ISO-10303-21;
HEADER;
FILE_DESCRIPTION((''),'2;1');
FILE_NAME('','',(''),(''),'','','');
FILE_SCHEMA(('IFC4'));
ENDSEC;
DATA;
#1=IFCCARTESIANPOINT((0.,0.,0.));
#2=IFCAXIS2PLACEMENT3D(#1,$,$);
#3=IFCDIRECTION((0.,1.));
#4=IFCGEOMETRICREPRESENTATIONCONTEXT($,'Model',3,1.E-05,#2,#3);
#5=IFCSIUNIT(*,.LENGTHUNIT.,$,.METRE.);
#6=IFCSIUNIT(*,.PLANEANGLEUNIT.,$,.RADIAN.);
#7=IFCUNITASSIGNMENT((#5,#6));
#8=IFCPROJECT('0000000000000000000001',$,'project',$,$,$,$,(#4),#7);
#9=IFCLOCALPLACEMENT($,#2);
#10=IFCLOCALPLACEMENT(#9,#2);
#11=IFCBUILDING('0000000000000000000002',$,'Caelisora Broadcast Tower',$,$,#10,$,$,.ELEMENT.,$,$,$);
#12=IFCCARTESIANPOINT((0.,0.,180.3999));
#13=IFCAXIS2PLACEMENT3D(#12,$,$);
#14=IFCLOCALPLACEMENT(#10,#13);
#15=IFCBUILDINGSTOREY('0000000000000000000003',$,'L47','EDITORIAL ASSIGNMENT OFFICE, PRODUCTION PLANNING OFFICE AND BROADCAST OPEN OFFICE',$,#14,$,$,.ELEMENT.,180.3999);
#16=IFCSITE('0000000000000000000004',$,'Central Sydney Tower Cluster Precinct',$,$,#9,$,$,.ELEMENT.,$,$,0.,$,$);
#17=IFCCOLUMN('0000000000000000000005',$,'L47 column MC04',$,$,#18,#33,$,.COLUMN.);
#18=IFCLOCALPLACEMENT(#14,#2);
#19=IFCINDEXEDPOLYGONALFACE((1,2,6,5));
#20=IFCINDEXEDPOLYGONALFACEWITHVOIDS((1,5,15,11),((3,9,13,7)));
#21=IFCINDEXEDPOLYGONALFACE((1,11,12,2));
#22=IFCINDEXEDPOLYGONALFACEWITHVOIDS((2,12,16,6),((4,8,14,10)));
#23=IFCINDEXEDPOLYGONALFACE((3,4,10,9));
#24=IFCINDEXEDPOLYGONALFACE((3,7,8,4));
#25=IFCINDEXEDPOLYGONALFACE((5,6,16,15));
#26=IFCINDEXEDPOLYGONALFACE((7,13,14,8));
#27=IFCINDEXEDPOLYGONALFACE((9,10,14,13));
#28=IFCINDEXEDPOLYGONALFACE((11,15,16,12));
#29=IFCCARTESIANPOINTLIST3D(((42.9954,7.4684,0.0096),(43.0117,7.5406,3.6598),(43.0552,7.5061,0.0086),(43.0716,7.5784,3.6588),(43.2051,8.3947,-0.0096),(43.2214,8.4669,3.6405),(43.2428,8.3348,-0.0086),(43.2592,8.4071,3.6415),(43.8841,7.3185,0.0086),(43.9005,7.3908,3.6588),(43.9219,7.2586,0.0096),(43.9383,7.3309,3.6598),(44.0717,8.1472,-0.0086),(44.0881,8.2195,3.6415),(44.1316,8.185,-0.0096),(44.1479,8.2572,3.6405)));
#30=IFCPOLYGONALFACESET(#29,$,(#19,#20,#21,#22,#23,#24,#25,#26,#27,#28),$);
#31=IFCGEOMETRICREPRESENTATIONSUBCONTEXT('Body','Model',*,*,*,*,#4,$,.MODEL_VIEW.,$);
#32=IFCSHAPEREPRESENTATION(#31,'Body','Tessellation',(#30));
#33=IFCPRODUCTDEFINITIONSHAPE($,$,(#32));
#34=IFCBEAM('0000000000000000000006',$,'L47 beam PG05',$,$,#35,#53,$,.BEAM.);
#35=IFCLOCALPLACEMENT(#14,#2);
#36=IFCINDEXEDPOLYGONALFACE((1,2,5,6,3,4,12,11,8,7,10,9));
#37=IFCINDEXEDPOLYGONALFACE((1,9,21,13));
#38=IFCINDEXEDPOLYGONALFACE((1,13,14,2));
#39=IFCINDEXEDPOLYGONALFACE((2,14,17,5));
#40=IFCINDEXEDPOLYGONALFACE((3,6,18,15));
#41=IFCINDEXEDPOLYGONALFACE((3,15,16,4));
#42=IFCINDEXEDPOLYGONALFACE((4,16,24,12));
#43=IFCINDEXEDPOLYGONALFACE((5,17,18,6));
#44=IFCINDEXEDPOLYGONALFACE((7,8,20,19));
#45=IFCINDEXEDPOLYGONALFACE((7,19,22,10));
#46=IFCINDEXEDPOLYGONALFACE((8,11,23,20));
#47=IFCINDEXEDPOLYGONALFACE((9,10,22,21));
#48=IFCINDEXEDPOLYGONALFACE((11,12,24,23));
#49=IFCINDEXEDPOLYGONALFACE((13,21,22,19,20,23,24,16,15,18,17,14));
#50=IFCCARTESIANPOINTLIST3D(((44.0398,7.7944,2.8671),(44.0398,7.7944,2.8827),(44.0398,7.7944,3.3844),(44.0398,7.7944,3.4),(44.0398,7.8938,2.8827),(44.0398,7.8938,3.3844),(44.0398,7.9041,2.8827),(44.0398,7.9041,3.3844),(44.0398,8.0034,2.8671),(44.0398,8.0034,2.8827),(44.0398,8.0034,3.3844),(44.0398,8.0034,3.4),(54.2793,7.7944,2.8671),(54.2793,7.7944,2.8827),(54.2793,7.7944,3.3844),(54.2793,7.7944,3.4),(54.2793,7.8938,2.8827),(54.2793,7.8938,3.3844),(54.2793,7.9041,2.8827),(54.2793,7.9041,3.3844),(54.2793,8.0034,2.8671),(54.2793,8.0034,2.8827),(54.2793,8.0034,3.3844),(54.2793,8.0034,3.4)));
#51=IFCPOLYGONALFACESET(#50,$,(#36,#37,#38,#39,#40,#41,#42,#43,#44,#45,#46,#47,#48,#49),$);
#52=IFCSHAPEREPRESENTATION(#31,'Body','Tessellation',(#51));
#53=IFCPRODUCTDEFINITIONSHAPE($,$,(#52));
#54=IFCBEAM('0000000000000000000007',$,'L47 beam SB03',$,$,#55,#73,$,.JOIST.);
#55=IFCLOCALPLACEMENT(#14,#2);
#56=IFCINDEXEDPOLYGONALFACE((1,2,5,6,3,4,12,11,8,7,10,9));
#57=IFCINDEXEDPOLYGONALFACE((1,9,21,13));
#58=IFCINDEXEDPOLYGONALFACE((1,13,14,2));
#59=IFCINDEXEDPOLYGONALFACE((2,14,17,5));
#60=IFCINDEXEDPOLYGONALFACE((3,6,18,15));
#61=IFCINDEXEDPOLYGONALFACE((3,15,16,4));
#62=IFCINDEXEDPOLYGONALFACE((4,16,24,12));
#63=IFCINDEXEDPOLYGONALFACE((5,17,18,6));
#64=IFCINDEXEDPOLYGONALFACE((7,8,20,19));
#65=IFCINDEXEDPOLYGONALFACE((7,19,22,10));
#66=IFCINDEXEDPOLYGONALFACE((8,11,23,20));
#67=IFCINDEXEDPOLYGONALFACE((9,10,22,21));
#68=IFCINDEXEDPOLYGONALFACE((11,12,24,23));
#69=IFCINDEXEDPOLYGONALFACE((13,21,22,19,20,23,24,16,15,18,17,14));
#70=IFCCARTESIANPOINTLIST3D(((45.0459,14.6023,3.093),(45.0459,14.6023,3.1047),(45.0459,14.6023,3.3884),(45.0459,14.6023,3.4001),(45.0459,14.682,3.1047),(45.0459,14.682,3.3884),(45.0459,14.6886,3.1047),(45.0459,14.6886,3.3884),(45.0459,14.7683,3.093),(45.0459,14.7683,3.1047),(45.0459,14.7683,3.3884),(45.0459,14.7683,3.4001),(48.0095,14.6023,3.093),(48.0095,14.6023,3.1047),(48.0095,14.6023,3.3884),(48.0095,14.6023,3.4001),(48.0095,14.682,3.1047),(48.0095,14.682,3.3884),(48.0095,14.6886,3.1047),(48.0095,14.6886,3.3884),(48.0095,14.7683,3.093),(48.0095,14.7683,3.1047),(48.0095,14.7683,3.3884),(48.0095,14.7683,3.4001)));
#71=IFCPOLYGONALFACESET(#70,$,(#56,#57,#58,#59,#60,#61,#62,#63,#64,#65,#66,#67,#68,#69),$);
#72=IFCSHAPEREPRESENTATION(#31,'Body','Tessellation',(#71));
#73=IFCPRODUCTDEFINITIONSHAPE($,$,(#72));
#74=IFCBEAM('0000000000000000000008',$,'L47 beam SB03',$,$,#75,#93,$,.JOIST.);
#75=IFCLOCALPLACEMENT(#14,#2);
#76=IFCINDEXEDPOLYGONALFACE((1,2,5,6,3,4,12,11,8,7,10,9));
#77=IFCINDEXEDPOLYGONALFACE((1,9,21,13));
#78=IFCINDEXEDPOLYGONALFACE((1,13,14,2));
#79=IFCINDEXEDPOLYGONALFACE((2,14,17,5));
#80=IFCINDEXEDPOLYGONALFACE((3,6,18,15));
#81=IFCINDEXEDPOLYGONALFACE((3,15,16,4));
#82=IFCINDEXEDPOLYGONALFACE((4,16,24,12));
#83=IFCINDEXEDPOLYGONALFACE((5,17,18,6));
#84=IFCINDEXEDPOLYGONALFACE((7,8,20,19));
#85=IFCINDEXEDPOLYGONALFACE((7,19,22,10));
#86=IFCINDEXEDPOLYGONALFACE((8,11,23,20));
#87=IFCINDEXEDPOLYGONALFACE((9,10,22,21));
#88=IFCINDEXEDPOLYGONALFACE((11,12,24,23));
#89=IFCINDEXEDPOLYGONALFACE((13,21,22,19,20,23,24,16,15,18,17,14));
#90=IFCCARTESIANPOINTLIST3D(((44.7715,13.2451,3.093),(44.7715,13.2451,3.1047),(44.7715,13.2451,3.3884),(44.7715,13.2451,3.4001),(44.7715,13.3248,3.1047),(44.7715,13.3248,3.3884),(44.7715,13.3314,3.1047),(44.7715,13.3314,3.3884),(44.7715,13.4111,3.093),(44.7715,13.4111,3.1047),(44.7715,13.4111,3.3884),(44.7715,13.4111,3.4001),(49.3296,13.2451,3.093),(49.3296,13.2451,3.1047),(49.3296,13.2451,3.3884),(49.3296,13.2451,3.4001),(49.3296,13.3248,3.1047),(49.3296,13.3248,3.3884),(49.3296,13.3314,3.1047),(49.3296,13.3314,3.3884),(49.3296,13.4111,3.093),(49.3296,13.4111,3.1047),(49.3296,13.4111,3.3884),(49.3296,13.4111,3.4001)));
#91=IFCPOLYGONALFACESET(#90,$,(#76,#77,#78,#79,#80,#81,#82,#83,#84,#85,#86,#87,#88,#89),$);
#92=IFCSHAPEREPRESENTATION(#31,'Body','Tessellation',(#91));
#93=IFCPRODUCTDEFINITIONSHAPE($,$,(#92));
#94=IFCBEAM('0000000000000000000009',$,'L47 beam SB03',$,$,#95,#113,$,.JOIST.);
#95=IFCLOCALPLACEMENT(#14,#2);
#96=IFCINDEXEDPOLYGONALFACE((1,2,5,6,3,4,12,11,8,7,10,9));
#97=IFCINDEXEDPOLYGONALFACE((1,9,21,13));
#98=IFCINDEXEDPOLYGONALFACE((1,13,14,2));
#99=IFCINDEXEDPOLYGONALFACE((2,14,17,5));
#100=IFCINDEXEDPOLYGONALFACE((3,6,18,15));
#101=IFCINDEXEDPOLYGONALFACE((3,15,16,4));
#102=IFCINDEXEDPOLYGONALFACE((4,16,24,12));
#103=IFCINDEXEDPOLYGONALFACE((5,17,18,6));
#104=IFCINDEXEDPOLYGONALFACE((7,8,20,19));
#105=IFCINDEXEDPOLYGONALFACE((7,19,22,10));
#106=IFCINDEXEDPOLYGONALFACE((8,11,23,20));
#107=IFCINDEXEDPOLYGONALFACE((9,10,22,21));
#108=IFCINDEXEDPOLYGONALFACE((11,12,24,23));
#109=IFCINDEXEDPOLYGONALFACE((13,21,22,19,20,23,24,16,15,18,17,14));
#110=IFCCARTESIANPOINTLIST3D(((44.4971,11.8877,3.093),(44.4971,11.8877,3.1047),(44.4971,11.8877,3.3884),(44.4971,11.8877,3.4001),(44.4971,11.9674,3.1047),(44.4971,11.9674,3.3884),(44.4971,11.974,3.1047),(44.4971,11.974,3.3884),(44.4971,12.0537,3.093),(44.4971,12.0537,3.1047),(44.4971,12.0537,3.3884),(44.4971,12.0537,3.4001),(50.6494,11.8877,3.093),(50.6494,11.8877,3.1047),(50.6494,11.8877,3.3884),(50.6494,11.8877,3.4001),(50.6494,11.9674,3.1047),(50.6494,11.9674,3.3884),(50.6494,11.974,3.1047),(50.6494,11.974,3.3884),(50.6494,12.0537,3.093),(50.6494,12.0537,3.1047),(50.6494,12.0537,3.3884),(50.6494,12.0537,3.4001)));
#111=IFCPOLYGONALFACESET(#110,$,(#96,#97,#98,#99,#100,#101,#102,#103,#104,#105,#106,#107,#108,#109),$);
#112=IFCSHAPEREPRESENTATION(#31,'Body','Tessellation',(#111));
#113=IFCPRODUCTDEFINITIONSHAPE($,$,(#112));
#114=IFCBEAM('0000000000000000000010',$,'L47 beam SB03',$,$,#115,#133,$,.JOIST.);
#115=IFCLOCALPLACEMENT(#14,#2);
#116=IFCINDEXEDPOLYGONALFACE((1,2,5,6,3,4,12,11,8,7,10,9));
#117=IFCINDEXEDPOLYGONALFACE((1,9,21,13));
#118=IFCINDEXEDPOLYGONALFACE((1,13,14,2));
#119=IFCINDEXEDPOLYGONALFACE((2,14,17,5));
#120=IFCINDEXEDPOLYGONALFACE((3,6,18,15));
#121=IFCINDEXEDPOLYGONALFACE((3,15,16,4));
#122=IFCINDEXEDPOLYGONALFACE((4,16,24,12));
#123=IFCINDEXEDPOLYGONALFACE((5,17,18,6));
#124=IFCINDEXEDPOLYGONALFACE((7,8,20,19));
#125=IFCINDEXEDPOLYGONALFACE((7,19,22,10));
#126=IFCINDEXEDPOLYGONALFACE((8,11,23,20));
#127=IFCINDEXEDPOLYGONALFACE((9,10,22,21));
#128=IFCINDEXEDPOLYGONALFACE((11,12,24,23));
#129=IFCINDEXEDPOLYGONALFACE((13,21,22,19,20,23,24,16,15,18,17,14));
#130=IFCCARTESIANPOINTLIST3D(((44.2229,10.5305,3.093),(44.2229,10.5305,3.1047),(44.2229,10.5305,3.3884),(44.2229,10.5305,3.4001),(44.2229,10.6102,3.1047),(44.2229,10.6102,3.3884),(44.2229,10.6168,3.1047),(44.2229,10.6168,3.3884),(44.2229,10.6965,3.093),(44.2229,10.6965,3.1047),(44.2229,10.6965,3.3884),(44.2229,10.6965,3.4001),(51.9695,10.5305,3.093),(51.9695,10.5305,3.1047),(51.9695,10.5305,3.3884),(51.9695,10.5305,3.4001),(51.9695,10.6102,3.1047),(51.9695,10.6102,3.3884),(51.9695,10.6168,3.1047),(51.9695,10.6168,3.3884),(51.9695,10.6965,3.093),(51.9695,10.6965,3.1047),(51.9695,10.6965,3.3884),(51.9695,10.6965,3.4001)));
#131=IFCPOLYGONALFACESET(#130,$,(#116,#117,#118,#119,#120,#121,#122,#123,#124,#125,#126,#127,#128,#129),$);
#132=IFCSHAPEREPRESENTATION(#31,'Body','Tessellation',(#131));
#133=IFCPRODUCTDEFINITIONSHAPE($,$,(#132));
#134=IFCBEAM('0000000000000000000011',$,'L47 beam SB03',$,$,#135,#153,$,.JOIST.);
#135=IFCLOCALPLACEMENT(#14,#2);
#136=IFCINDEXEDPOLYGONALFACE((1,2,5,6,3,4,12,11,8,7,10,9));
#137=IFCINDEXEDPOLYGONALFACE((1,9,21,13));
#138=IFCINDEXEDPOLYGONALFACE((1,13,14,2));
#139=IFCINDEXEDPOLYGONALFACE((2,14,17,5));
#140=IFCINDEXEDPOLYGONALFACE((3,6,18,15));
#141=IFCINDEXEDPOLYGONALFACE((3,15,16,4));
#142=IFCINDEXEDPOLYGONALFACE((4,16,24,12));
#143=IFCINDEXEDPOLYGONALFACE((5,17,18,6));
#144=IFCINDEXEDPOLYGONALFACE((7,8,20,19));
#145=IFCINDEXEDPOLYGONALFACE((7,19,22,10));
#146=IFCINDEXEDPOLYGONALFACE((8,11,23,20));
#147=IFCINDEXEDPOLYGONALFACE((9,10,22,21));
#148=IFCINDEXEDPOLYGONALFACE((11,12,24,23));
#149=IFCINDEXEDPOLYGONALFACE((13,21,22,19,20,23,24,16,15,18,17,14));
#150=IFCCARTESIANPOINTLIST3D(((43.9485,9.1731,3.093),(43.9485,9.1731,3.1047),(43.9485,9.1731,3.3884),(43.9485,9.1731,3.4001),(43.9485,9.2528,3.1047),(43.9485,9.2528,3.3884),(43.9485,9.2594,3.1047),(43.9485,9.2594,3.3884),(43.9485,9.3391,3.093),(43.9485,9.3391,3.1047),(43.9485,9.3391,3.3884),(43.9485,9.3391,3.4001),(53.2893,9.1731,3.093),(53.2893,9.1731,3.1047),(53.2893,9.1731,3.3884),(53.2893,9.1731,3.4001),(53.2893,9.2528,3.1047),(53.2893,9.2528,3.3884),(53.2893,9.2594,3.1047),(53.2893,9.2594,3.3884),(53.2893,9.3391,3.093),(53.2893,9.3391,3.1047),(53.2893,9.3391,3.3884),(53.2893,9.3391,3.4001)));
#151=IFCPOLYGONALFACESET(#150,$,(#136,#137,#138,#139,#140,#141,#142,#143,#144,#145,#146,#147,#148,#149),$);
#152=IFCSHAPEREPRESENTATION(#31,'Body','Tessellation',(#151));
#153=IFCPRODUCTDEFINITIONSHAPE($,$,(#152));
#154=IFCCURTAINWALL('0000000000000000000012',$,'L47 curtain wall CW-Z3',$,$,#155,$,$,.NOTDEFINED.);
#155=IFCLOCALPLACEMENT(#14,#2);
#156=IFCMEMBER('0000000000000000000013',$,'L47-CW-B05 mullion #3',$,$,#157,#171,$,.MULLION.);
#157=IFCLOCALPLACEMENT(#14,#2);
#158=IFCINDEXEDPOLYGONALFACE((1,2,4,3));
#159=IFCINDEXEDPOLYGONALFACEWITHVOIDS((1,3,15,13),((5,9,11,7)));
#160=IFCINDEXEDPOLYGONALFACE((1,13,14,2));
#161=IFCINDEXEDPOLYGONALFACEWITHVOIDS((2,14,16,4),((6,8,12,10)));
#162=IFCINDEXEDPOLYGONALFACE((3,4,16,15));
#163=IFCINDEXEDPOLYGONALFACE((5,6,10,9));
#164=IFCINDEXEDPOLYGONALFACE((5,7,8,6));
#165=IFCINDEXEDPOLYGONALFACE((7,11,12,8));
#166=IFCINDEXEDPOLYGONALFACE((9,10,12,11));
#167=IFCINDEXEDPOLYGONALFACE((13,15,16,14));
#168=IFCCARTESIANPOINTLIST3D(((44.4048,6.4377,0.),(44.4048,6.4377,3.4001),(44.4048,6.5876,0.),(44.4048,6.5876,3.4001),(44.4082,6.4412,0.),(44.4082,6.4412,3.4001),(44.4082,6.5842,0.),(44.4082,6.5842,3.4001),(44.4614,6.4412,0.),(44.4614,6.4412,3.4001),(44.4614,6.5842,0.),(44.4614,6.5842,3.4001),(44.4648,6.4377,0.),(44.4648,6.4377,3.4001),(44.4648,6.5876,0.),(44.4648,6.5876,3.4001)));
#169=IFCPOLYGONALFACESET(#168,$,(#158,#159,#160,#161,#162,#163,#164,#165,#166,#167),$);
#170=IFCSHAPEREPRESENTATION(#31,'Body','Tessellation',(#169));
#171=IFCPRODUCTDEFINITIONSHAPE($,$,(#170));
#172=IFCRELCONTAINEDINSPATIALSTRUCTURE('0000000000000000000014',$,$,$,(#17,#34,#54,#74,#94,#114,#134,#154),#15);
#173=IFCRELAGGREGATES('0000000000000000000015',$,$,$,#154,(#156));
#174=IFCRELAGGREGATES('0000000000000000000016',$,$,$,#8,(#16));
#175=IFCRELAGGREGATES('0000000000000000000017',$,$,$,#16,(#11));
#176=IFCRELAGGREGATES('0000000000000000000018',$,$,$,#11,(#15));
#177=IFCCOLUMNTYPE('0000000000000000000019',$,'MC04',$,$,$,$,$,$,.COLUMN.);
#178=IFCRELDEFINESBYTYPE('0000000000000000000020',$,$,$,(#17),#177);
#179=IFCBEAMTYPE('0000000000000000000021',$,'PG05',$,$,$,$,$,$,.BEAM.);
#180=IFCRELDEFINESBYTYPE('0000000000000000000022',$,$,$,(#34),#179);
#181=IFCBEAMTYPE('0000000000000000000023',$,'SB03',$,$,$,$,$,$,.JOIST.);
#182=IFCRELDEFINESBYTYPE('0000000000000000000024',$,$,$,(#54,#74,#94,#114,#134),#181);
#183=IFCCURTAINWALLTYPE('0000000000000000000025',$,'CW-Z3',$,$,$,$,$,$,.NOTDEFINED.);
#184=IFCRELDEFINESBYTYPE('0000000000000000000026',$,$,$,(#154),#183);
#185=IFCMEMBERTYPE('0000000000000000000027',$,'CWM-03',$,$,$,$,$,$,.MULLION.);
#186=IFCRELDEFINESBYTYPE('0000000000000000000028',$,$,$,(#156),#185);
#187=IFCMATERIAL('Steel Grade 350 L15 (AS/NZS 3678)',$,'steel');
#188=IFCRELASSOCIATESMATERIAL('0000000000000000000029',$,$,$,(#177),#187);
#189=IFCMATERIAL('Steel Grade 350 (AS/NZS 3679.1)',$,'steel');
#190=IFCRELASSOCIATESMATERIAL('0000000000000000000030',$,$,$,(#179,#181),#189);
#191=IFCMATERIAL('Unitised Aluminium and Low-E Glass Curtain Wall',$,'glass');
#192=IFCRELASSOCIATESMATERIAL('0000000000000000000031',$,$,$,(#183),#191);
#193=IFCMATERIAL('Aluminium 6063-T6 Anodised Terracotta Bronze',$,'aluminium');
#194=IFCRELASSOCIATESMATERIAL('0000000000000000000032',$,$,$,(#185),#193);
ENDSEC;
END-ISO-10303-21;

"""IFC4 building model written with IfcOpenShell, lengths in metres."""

from ifc_helpers import new_model, si_unit, direction, frame, origin, origin_2d, place, context, subcontext, project, spatial, hollow_rectangle, i_section, extrude, source, transform, mapped, material, material_profile, profile_set, type_object, type_shapes, element, aggregate, save


model = new_model("IFC4")

# Units and contexts
model_context = context("Model", 3, precision=1e-05, world=origin(), true_north=direction((0.0, 1.0)))
body_context = subcontext(model_context, "Body", "Model", "MODEL_VIEW")
ifc_project = project(units=[si_unit("LENGTHUNIT", "METRE"), si_unit("PLANEANGLEUNIT", "RADIAN")], contexts=[model_context])

# Site, building, storey
site_placement = place(None, origin())
site = spatial("IfcSite", under=ifc_project, at=site_placement, Name="Central Sydney Tower Cluster Precinct", CompositionType="ELEMENT", RefElevation=0.0)
building_placement = place(site_placement, origin())
building = spatial("IfcBuilding", under=site, at=building_placement, Name="Caelisora Broadcast Tower", CompositionType="ELEMENT")
storey_placement = place(building_placement, frame((0.0, 0.0, 180.3999)))
storey = spatial("IfcBuildingStorey", under=building, at=storey_placement, Name="L47", Description="EDITORIAL ASSIGNMENT OFFICE, PRODUCTION PLANNING OFFICE AND BROADCAST OPEN OFFICE", CompositionType="ELEMENT", Elevation=180.3999)

# Column
ifc_material_1 = material(Name="Steel Grade 350 L15 (AS/NZS 3678)", Category="steel")
ifc_material_profile_1 = material_profile(ifc_material_1, hollow_rectangle(XDim=0.95, YDim=0.95, WallThickness=0.05, at=origin_2d()), Name="Steel Grade 350 L15 (AS/NZS 3678)")
ifc_profile_set_1 = profile_set([ifc_material_profile_1], Name="Steel Grade 350 L15 (AS/NZS 3678)")
column_type = type_object("IfcColumnType", Name="MC04", PredefinedType="COLUMN", material=ifc_profile_set_1)
shared_shape_1 = source(origin(), body_context, "Body", "SweptSolid", [
    extrude(hollow_rectangle(XDim=0.95, YDim=0.95, WallThickness=0.05, at=origin_2d()), origin(), (0.0, 0.0, 1.0), 3.6509),
])
type_shapes(column_type, [shared_shape_1])
column_placement = place(storey_placement, frame((43.5635, 7.8267, 0.0), z_axis=(0.00448, 0.019794, 0.999794), x_axis=(-0.975327, 0.220767, 0.0)))
element("IfcColumn", 1, at=column_placement, inside=storey, type_object=column_type, Name="L47 column MC04", PredefinedType="COLUMN", context=body_context, shape_type="MappedRepresentation", body=[
    mapped(shared_shape_1, transform((0.0, 0.0, 0.0), scale=1.0)),
])

# Beams
ifc_material_2 = material(Name="Steel Grade 350 (AS/NZS 3679.1)", Category="steel")
ifc_material_profile_2 = material_profile(ifc_material_2, i_section(OverallWidth=0.209, OverallDepth=0.533, WebThickness=0.0103, FlangeThickness=0.0156, at=origin_2d()), Name="Steel Grade 350 (AS/NZS 3679.1)")
ifc_profile_set_2 = profile_set([ifc_material_profile_2], Name="Steel Grade 350 (AS/NZS 3679.1)")
beam_type_1 = type_object("IfcBeamType", Name="PG05", PredefinedType="BEAM", material=ifc_profile_set_2)
shared_shape_2 = source(origin(), body_context, "Body", "SweptSolid", [
    extrude(i_section(OverallWidth=0.209, OverallDepth=0.533, WebThickness=0.0103, FlangeThickness=0.0156, at=origin_2d()), origin(), (0.0, 0.0, 1.0), 10.2395),
])
type_shapes(beam_type_1, [shared_shape_2])
beam_1_placement = place(storey_placement, frame((44.0398, 7.8989, 3.1335), z_axis=(1.0, 0.0, 0.0), x_axis=(0.0, 1.0, 0.0)))
element("IfcBeam", 2, at=beam_1_placement, inside=storey, type_object=beam_type_1, Name="L47 beam PG05", PredefinedType="BEAM", context=body_context, shape_type="MappedRepresentation", body=[
    mapped(shared_shape_2, transform((0.0, 0.0, 0.0), scale=1.0)),
])
ifc_material_profile_3 = material_profile(ifc_material_2, i_section(OverallWidth=0.166, OverallDepth=0.3071, WebThickness=0.0066, FlangeThickness=0.0117, at=origin_2d()), Name="Steel Grade 350 (AS/NZS 3679.1)")
ifc_profile_set_3 = profile_set([ifc_material_profile_3], Name="Steel Grade 350 (AS/NZS 3679.1)")
beam_type_2 = type_object("IfcBeamType", Name="SB03", PredefinedType="JOIST", material=ifc_profile_set_3)
shared_shape_3 = source(origin(), body_context, "Body", "SweptSolid", [
    extrude(i_section(OverallWidth=0.166, OverallDepth=0.3071, WebThickness=0.0066, FlangeThickness=0.0117, at=origin_2d()), origin(), (0.0, 0.0, 1.0), 2.9636),
])
beam_2_placement = place(storey_placement, frame((45.0459, 14.6853, 3.2466), z_axis=(1.0, 0.0, 0.0), x_axis=(0.0, 1.0, 0.0)))
element("IfcBeam", 3, at=beam_2_placement, inside=storey, type_object=beam_type_2, Name="L47 beam SB03", PredefinedType="JOIST", context=body_context, shape_type="MappedRepresentation", body=[
    mapped(shared_shape_3, transform((0.0, 0.0, 0.0), scale=1.0)),
])
shared_shape_4 = source(origin(), body_context, "Body", "SweptSolid", [
    extrude(i_section(OverallWidth=0.166, OverallDepth=0.3071, WebThickness=0.0066, FlangeThickness=0.0117, at=origin_2d()), origin(), (0.0, 0.0, 1.0), 4.5581),
])
beam_3_placement = place(storey_placement, frame((44.7715, 13.3281, 3.2466), z_axis=(1.0, 0.0, 0.0), x_axis=(0.0, 1.0, 0.0)))
element("IfcBeam", 4, at=beam_3_placement, inside=storey, type_object=beam_type_2, Name="L47 beam SB03", PredefinedType="JOIST", context=body_context, shape_type="MappedRepresentation", body=[
    mapped(shared_shape_4, transform((0.0, 0.0, 0.0), scale=1.0)),
])
shared_shape_5 = source(origin(), body_context, "Body", "SweptSolid", [
    extrude(i_section(OverallWidth=0.166, OverallDepth=0.3071, WebThickness=0.0066, FlangeThickness=0.0117, at=origin_2d()), origin(), (0.0, 0.0, 1.0), 6.1523),
])
beam_4_placement = place(storey_placement, frame((44.4971, 11.9707, 3.2466), z_axis=(1.0, 0.0, 0.0), x_axis=(0.0, 1.0, 0.0)))
element("IfcBeam", 5, at=beam_4_placement, inside=storey, type_object=beam_type_2, Name="L47 beam SB03", PredefinedType="JOIST", context=body_context, shape_type="MappedRepresentation", body=[
    mapped(shared_shape_5, transform((0.0, 0.0, 0.0), scale=1.0)),
])
shared_shape_6 = source(origin(), body_context, "Body", "SweptSolid", [
    extrude(i_section(OverallWidth=0.166, OverallDepth=0.3071, WebThickness=0.0066, FlangeThickness=0.0117, at=origin_2d()), origin(), (0.0, 0.0, 1.0), 7.7466),
])
beam_5_placement = place(storey_placement, frame((44.2229, 10.6135, 3.2466), z_axis=(1.0, 0.0, 0.0), x_axis=(0.0, 1.0, 0.0)))
element("IfcBeam", 6, at=beam_5_placement, inside=storey, type_object=beam_type_2, Name="L47 beam SB03", PredefinedType="JOIST", context=body_context, shape_type="MappedRepresentation", body=[
    mapped(shared_shape_6, transform((0.0, 0.0, 0.0), scale=1.0)),
])
shared_shape_7 = source(origin(), body_context, "Body", "SweptSolid", [
    extrude(i_section(OverallWidth=0.166, OverallDepth=0.3071, WebThickness=0.0066, FlangeThickness=0.0117, at=origin_2d()), origin(), (0.0, 0.0, 1.0), 9.3408),
])
type_shapes(beam_type_2, [shared_shape_3, shared_shape_4, shared_shape_5, shared_shape_6, shared_shape_7])
beam_6_placement = place(storey_placement, frame((43.9485, 9.2561, 3.2466), z_axis=(1.0, 0.0, 0.0), x_axis=(0.0, 1.0, 0.0)))
element("IfcBeam", 7, at=beam_6_placement, inside=storey, type_object=beam_type_2, Name="L47 beam SB03", PredefinedType="JOIST", context=body_context, shape_type="MappedRepresentation", body=[
    mapped(shared_shape_7, transform((0.0, 0.0, 0.0), scale=1.0)),
])

# Curtain wall, member
ifc_material_3 = material(Name="Unitised Aluminium and Low-E Glass Curtain Wall", Category="glass")
curtain_wall_type_1 = type_object("IfcCurtainWallType", Name="CW-Z3", PredefinedType="NOTDEFINED", material=ifc_material_3)
curtain_wall_1_placement = place(storey_placement, origin())
curtain_wall_1 = element("IfcCurtainWall", 8, at=curtain_wall_1_placement, inside=storey, type_object=curtain_wall_type_1, Name="L47 curtain wall CW-Z3", PredefinedType="NOTDEFINED")
ifc_material_4 = material(Name="Aluminium 6063-T6 Anodised Terracotta Bronze", Category="aluminium")
ifc_material_profile_4 = material_profile(ifc_material_4, hollow_rectangle(XDim=0.0601, YDim=0.1499, WallThickness=0.0034, at=origin_2d()), Name="Aluminium 6063-T6 Anodised Terracotta Bronze")
ifc_profile_set_4 = profile_set([ifc_material_profile_4], Name="Aluminium 6063-T6 Anodised Terracotta Bronze")
member_type_1 = type_object("IfcMemberType", Name="CWM-03", PredefinedType="MULLION", material=ifc_profile_set_4)
shared_shape_8 = source(origin(), body_context, "Body", "SweptSolid", [
    extrude(hollow_rectangle(XDim=0.0601, YDim=0.1499, WallThickness=0.0034, at=origin_2d()), origin(), (0.0, 0.0, 1.0), 3.4001),
])
type_shapes(member_type_1, [shared_shape_8])
member_1_placement = place(storey_placement, frame((44.4348, 6.5127, 0.0), z_axis=(0.0, 0.0, 1.0), x_axis=(1.0, 0.0, 0.0)))
member_1 = element("IfcMember", 9, at=member_1_placement, type_object=member_type_1, Name="L47-CW-B05 mullion #3", PredefinedType="MULLION", context=body_context, shape_type="MappedRepresentation", body=[
    mapped(shared_shape_8, transform((0.0, 0.0, 0.0), scale=1.0)),
])
aggregate(curtain_wall_1, [member_1])

save(model, "model.ifc")
